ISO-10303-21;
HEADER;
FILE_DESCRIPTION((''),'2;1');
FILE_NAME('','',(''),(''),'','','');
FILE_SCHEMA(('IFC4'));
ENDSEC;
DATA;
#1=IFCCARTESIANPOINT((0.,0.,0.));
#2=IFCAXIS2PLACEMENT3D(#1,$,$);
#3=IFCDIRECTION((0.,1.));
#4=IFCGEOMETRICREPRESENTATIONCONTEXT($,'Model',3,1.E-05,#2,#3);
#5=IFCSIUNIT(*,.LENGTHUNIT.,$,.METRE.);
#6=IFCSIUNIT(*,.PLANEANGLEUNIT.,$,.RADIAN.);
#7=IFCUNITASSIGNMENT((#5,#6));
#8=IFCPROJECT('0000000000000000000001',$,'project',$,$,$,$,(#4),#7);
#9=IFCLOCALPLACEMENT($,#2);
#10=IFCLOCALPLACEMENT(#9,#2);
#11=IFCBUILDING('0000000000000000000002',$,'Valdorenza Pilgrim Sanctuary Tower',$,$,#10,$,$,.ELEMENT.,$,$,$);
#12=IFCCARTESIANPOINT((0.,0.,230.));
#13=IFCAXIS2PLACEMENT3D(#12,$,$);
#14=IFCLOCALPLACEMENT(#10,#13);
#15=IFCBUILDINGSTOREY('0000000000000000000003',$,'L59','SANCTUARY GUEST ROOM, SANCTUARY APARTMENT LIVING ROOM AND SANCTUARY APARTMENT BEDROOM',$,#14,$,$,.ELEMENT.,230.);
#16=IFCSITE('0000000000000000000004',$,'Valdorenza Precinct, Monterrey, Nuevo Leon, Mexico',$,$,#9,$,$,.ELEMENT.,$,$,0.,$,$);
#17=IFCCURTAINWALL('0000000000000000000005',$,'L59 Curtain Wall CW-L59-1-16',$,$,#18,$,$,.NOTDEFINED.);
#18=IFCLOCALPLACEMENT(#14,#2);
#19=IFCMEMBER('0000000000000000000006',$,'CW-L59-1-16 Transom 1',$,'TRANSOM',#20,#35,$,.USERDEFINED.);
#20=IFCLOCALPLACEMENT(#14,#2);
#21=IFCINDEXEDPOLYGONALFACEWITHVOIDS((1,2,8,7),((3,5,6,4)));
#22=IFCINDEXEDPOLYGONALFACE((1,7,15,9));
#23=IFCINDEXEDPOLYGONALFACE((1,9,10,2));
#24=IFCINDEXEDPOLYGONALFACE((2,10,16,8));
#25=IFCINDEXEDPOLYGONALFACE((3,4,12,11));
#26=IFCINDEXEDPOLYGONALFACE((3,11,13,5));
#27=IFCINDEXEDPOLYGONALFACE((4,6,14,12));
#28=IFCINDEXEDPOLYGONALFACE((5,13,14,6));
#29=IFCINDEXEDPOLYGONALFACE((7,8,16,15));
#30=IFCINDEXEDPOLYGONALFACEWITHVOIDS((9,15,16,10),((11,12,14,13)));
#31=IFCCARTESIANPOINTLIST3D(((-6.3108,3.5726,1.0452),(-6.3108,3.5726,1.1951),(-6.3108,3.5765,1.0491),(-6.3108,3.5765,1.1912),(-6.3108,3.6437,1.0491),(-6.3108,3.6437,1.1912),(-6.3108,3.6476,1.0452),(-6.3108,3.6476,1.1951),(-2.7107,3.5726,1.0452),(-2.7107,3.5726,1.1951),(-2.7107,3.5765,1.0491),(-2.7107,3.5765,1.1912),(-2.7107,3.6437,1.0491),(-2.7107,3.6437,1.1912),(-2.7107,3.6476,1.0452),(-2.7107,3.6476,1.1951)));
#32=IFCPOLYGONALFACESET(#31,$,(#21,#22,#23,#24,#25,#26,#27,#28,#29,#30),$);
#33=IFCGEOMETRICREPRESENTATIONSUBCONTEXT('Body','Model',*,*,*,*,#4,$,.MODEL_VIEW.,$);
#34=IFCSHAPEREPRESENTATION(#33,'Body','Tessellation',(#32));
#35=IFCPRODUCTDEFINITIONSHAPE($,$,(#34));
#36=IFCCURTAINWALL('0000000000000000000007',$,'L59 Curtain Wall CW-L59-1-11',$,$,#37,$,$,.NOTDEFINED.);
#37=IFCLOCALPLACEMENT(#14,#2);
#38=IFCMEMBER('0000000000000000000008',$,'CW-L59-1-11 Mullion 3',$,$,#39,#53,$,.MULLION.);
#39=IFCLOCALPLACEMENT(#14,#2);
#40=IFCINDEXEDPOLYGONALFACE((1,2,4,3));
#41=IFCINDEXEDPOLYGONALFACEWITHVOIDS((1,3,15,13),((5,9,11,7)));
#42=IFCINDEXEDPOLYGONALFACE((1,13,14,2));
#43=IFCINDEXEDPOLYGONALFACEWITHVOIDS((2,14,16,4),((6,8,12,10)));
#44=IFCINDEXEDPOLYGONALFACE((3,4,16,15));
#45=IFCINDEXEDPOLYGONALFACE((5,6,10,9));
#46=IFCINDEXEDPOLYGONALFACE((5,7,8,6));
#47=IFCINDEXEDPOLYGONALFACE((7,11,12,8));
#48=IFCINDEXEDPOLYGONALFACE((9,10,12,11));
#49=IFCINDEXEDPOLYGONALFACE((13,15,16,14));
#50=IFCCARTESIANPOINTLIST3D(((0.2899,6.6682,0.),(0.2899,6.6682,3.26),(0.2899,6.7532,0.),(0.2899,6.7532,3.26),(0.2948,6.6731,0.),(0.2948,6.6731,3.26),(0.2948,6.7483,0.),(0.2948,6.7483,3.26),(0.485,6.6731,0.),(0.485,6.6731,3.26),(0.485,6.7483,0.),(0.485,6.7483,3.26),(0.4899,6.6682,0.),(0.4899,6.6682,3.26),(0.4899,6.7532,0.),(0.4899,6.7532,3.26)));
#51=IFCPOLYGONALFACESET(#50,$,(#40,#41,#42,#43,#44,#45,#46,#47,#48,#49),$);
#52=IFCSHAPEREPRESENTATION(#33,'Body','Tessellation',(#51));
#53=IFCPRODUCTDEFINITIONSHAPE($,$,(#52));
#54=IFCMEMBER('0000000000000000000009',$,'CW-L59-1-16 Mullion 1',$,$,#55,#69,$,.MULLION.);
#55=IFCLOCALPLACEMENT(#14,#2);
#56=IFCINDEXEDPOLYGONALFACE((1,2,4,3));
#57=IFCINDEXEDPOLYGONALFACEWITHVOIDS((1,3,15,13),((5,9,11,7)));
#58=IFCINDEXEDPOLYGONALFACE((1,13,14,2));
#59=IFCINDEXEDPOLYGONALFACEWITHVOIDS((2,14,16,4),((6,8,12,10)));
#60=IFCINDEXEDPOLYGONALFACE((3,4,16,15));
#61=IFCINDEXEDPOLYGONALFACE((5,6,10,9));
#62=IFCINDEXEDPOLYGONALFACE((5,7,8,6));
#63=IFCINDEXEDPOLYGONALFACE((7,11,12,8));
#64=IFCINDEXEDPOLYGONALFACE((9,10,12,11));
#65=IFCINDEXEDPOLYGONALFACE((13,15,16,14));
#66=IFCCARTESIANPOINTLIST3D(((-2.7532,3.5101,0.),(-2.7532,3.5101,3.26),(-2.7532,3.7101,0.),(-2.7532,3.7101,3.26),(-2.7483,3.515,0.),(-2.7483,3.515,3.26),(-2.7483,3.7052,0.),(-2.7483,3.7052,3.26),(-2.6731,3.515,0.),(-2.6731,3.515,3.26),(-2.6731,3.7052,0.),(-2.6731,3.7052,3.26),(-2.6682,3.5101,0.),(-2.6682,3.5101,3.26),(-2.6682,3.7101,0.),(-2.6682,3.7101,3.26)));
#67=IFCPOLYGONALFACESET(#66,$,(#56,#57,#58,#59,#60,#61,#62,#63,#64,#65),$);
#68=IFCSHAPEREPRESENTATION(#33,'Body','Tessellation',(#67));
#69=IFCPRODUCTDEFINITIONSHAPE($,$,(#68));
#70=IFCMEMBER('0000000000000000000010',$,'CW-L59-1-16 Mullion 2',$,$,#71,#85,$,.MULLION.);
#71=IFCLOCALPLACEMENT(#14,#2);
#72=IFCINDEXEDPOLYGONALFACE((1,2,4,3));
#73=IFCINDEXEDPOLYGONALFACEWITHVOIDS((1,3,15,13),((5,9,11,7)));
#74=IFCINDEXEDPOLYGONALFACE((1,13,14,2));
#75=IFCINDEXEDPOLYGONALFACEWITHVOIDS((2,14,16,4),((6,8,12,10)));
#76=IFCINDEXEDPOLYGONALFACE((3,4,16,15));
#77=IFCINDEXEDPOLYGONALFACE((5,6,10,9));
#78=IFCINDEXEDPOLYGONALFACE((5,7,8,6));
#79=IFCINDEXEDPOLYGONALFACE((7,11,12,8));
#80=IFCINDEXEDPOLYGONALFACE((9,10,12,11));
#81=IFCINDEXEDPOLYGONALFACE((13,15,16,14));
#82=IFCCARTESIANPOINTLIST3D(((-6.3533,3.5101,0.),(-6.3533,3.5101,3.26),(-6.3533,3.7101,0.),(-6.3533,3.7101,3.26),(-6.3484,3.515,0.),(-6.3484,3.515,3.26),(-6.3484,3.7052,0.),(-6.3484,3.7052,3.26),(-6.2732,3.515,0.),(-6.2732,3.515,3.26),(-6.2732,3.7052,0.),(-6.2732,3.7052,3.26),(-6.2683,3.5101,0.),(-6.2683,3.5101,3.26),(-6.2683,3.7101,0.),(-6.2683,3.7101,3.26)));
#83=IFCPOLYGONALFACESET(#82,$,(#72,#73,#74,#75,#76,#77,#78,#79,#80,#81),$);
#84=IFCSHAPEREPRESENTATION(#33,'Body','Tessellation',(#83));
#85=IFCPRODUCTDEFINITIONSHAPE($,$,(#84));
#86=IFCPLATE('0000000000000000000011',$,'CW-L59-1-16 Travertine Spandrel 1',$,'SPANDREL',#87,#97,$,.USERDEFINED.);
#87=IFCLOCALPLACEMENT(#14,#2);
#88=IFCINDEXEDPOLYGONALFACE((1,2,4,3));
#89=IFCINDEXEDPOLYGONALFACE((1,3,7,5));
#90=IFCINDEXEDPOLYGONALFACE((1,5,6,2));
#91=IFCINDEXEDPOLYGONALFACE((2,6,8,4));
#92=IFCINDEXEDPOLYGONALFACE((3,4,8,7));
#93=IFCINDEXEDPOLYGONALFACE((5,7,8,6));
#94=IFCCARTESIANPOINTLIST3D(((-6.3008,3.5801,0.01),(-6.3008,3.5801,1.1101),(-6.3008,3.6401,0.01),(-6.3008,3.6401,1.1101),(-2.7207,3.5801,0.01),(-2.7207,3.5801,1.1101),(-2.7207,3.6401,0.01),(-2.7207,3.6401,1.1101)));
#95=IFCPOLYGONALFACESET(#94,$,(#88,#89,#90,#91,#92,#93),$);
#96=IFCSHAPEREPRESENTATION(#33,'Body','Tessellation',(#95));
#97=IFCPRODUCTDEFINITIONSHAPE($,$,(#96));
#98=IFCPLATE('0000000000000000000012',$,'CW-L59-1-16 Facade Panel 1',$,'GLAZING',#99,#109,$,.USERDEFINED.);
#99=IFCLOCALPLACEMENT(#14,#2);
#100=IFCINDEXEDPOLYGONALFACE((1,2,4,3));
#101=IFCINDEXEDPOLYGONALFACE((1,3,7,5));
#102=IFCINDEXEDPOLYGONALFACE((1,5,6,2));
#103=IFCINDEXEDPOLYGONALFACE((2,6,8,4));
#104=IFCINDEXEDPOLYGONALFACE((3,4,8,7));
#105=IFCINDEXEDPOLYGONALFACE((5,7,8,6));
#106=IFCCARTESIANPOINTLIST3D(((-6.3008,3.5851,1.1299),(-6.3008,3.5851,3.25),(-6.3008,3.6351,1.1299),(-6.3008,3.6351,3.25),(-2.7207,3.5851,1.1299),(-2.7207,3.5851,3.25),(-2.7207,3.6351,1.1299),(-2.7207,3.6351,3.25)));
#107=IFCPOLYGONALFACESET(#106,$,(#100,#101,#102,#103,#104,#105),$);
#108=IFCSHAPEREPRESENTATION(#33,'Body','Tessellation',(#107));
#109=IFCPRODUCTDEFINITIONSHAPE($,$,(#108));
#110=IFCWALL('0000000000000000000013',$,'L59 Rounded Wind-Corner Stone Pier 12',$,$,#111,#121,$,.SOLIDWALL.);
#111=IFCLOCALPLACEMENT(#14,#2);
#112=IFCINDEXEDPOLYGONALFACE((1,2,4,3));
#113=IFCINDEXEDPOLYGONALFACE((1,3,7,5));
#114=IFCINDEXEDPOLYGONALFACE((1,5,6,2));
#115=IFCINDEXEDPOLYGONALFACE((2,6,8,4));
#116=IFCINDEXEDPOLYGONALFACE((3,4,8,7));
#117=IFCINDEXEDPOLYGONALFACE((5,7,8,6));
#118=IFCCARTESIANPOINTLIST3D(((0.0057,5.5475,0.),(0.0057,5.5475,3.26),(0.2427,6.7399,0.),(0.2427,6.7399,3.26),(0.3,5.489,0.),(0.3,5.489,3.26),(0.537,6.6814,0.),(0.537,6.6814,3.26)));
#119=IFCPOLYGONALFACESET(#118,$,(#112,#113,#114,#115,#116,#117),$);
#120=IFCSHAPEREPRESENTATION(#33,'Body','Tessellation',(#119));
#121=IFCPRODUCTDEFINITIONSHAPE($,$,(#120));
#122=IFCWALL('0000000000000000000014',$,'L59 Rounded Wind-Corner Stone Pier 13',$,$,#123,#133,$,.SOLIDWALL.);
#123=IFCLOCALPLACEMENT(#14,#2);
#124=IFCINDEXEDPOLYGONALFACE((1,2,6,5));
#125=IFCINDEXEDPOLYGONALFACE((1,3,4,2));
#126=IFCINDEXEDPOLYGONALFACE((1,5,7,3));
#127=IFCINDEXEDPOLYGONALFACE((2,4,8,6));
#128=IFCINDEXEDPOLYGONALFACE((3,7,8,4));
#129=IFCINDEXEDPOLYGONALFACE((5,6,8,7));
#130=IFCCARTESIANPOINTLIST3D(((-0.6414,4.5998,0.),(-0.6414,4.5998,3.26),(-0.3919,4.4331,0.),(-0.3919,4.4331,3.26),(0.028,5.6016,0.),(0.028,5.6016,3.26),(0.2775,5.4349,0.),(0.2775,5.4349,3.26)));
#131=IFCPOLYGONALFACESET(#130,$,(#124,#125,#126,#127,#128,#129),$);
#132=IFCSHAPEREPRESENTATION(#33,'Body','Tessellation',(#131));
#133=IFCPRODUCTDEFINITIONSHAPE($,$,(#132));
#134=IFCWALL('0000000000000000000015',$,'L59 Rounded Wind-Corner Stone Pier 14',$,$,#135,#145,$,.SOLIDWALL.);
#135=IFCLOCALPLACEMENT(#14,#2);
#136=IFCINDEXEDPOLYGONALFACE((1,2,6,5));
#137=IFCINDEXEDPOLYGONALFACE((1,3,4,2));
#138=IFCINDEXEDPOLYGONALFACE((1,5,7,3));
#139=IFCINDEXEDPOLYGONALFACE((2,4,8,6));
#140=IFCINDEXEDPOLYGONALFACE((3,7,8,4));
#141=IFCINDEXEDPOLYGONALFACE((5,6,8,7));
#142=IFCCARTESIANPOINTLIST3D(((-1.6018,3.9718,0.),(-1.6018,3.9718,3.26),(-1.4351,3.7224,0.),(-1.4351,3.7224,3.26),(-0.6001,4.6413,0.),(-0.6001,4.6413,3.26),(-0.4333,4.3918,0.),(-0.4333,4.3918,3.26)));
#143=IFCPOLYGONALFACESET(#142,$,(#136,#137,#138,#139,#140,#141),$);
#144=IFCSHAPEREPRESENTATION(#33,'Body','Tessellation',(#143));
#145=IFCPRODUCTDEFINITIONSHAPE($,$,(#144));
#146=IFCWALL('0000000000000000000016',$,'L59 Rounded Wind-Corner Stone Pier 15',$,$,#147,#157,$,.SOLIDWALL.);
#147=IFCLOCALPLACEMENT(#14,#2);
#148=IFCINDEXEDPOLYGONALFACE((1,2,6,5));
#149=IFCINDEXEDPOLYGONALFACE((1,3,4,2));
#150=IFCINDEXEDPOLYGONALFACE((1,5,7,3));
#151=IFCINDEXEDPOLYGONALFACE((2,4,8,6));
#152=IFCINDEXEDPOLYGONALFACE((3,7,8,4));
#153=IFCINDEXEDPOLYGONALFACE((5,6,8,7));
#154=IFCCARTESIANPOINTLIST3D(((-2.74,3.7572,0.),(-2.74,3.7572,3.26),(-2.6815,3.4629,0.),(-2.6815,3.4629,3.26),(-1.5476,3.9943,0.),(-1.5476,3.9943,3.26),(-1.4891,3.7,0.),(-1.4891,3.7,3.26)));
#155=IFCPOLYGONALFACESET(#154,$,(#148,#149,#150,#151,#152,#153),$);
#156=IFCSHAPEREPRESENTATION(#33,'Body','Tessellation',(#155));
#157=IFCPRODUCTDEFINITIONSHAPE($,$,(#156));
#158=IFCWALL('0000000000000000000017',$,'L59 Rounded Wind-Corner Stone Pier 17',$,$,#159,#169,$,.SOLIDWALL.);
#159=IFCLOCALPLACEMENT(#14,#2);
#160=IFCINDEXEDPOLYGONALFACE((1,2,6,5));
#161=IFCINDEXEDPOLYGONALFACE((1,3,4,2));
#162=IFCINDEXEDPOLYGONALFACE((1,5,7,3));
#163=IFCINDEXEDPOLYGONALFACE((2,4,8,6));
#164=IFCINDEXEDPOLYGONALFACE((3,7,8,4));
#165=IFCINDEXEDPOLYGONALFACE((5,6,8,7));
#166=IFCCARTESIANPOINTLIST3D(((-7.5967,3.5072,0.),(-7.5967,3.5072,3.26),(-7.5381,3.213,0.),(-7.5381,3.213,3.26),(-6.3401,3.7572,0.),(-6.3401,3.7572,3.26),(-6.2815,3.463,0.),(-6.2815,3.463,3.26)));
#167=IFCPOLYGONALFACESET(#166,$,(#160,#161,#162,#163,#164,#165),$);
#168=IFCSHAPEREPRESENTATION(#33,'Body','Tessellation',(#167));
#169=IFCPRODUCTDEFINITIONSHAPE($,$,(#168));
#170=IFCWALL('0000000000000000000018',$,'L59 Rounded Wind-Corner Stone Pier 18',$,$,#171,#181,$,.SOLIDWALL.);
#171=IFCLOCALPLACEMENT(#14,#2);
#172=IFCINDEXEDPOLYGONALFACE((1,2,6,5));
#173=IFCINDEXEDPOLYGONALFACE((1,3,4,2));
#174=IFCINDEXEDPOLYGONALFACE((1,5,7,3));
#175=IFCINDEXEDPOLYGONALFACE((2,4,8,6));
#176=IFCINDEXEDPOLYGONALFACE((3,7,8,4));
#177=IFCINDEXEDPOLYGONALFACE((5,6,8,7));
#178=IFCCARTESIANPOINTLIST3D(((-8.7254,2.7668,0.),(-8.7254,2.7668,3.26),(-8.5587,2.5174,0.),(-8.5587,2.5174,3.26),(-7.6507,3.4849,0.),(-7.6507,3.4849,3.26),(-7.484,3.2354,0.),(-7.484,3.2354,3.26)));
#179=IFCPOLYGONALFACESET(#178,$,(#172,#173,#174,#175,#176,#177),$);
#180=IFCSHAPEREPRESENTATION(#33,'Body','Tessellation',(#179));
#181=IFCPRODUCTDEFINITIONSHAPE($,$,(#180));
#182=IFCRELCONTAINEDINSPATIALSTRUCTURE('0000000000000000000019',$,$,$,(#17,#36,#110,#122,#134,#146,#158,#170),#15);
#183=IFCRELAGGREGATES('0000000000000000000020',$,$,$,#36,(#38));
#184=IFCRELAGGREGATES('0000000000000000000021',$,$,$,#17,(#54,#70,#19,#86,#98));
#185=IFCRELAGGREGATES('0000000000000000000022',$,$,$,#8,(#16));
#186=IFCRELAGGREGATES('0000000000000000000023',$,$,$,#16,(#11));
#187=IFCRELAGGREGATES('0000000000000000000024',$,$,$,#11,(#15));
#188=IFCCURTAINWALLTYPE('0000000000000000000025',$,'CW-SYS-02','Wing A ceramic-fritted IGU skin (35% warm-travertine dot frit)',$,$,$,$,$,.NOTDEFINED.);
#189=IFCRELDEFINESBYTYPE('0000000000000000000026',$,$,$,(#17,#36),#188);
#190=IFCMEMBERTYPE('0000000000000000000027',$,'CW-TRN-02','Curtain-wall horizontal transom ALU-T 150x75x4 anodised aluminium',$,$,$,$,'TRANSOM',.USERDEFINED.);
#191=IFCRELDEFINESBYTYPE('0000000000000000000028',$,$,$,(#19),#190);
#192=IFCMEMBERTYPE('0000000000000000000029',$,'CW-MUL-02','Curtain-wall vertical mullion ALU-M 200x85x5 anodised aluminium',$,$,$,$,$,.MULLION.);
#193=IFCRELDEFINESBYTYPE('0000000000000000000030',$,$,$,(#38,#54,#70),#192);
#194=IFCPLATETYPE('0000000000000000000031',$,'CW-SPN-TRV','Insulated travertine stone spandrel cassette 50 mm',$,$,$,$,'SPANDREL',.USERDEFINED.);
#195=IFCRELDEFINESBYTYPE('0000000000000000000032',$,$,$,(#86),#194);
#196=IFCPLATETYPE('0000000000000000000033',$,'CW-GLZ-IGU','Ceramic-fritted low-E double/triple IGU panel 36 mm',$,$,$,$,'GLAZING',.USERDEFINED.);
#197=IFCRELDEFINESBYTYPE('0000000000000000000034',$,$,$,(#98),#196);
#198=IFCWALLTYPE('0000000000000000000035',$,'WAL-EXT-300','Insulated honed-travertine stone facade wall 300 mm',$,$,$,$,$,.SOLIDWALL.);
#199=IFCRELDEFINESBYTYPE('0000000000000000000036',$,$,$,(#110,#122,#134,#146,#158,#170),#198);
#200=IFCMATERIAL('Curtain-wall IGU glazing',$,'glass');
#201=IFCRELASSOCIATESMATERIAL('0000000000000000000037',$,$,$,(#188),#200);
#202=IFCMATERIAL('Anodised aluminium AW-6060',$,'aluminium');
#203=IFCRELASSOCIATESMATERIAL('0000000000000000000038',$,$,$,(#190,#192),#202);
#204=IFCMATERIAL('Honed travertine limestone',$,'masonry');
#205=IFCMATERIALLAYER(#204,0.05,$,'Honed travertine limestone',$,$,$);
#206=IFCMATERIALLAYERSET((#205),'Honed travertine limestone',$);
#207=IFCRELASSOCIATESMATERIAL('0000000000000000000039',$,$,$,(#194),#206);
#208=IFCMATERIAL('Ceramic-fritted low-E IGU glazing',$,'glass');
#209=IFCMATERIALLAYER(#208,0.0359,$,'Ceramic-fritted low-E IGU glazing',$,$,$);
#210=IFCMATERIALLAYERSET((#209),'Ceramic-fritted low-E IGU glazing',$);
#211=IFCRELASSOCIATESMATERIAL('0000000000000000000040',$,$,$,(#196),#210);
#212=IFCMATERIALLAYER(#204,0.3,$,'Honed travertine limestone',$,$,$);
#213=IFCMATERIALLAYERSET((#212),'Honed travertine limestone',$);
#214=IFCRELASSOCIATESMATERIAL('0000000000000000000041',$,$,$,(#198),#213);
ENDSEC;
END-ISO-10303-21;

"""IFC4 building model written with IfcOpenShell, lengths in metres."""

from ifc_helpers import new_model, si_unit, direction, frame, frame_2d, origin, origin_2d, place, context, subcontext, project, spatial, rectangle, hollow_rectangle, extrude, source, transform, mapped, material, layer, layer_set, material_profile, profile_set, type_object, element, aggregate, save


model = new_model("IFC4")

# Units and contexts
model_context = context("Model", 3, precision=1e-05, world=origin(), true_north=direction((0.0, 1.0)))
body_context = subcontext(model_context, "Body", "Model", "MODEL_VIEW")
ifc_project = project(units=[si_unit("LENGTHUNIT", "METRE"), si_unit("PLANEANGLEUNIT", "RADIAN")], contexts=[model_context])

# Site, building, storey
site_placement = place(None, origin())
site = spatial("IfcSite", under=ifc_project, at=site_placement, Name="Valdorenza Precinct, Monterrey, Nuevo Leon, Mexico", CompositionType="ELEMENT", RefElevation=0.0)
building_placement = place(site_placement, origin())
building = spatial("IfcBuilding", under=site, at=building_placement, Name="Valdorenza Pilgrim Sanctuary Tower", CompositionType="ELEMENT")
storey_placement = place(building_placement, frame((0.0, 0.0, 230.0)))
storey = spatial("IfcBuildingStorey", under=building, at=storey_placement, Name="L59", Description="SANCTUARY GUEST ROOM, SANCTUARY APARTMENT LIVING ROOM AND SANCTUARY APARTMENT BEDROOM", CompositionType="ELEMENT", Elevation=230.0)

# Curtain walls, members
ifc_material_1 = material(Name="Curtain-wall IGU glazing", Category="glass")
curtain_wall_type = type_object("IfcCurtainWallType", Name="CW-SYS-02", Description="Wing A ceramic-fritted IGU skin (35% warm-travertine dot frit)", PredefinedType="NOTDEFINED", material=ifc_material_1)
curtain_wall_1_placement = place(storey_placement, origin())
curtain_wall_1 = element("IfcCurtainWall", 1, at=curtain_wall_1_placement, inside=storey, type_object=curtain_wall_type, Name="L59 Curtain Wall CW-L59-1-16", PredefinedType="NOTDEFINED")
ifc_material_2 = material(Name="Anodised aluminium AW-6060", Category="aluminium")
ifc_material_profile_1 = material_profile(ifc_material_2, hollow_rectangle(XDim=0.075, YDim=0.1499, WallThickness=0.0039, at=origin_2d()), Name="ALU-T 150x75x4")
ifc_profile_set_1 = profile_set([ifc_material_profile_1], Name="Anodised aluminium AW-6060")
member_type_1 = type_object("IfcMemberType", Name="CW-TRN-02", Description="Curtain-wall horizontal transom ALU-T 150x75x4 anodised aluminium", ElementType="TRANSOM", PredefinedType="USERDEFINED", material=ifc_profile_set_1)
shared_shape_1 = source(origin(), body_context, "Body", "SweptSolid", [
    extrude(hollow_rectangle(XDim=0.075, YDim=0.1499, WallThickness=0.0039, at=origin_2d()), origin(), (0.0, 0.0, 1.0), 3.6001),
])
member_1_placement = place(storey_placement, frame((-2.7107, 3.6101, 1.1201), z_axis=(-1.0, 0.0, 0.0), x_axis=(0.0, -1.0, 0.0)))
member_1 = element("IfcMember", 2, at=member_1_placement, type_object=member_type_1, Name="CW-L59-1-16 Transom 1", ObjectType="TRANSOM", PredefinedType="USERDEFINED", context=body_context, shape_type="MappedRepresentation", body=[
    mapped(shared_shape_1, transform((0.0, 0.0, 0.0), x_axis=(1.0, 0.0, 0.0), y_axis=(0.0, 1.0, 0.0), z_axis=(0.0, 0.0, 1.0), scale=1.0)),
])
curtain_wall_2_placement = place(storey_placement, origin())
curtain_wall_2 = element("IfcCurtainWall", 3, at=curtain_wall_2_placement, inside=storey, type_object=curtain_wall_type, Name="L59 Curtain Wall CW-L59-1-11", PredefinedType="NOTDEFINED")
ifc_material_profile_2 = material_profile(ifc_material_2, hollow_rectangle(XDim=0.085, YDim=0.2, WallThickness=0.0049, at=origin_2d()), Name="ALU-M 200x85x5")
ifc_profile_set_2 = profile_set([ifc_material_profile_2], Name="Anodised aluminium AW-6060")
member_type_2 = type_object("IfcMemberType", Name="CW-MUL-02", Description="Curtain-wall vertical mullion ALU-M 200x85x5 anodised aluminium", PredefinedType="MULLION", material=ifc_profile_set_2)
shared_shape_2 = source(origin(), body_context, "Body", "SweptSolid", [
    extrude(hollow_rectangle(XDim=0.085, YDim=0.2, WallThickness=0.0049, at=origin_2d()), origin(), (0.0, 0.0, 1.0), 3.26),
])
member_2_placement = place(storey_placement, frame((0.3899, 6.7107, 0.0), z_axis=(0.0, 0.0, 1.0), x_axis=(0.0, -1.0, 0.0)))
member_2 = element("IfcMember", 4, at=member_2_placement, type_object=member_type_2, Name="CW-L59-1-11 Mullion 3", PredefinedType="MULLION", context=body_context, shape_type="MappedRepresentation", body=[
    mapped(shared_shape_2, transform((0.0, 0.0, 0.0), x_axis=(1.0, 0.0, 0.0), y_axis=(0.0, 1.0, 0.0), z_axis=(0.0, 0.0, 1.0), scale=1.0)),
])
aggregate(curtain_wall_2, [member_2])

# Members
member_3_placement = place(storey_placement, frame((-2.7107, 3.6101, 0.0), z_axis=(0.0, 0.0, 1.0), x_axis=(-1.0, 0.0, 0.0)))
member_3 = element("IfcMember", 5, at=member_3_placement, type_object=member_type_2, Name="CW-L59-1-16 Mullion 1", PredefinedType="MULLION", context=body_context, shape_type="MappedRepresentation", body=[
    mapped(shared_shape_2, transform((0.0, 0.0, 0.0), x_axis=(1.0, 0.0, 0.0), y_axis=(0.0, 1.0, 0.0), z_axis=(0.0, 0.0, 1.0), scale=1.0)),
])
member_4_placement = place(storey_placement, frame((-6.3108, 3.6101, 0.0), z_axis=(0.0, 0.0, 1.0), x_axis=(-1.0, 0.0, 0.0)))
member_4 = element("IfcMember", 6, at=member_4_placement, type_object=member_type_2, Name="CW-L59-1-16 Mullion 2", PredefinedType="MULLION", context=body_context, shape_type="MappedRepresentation", body=[
    mapped(shared_shape_2, transform((0.0, 0.0, 0.0), x_axis=(1.0, 0.0, 0.0), y_axis=(0.0, 1.0, 0.0), z_axis=(0.0, 0.0, 1.0), scale=1.0)),
])

# Plates
ifc_material_3 = material(Name="Honed travertine limestone", Category="masonry")
ifc_layer_1 = layer(ifc_material_3, 0.05, Name="Honed travertine limestone")
ifc_layer_set_1 = layer_set([ifc_layer_1], Name="Honed travertine limestone")
plate_type_1 = type_object("IfcPlateType", Name="CW-SPN-TRV", Description="Insulated travertine stone spandrel cassette 50 mm", ElementType="SPANDREL", PredefinedType="USERDEFINED", material=ifc_layer_set_1)
shared_shape_3 = source(origin(), body_context, "Body", "SweptSolid", [
    extrude(rectangle(XDim=3.5801, YDim=0.0601, at=origin_2d()), origin(), (0.0, 0.0, 1.0), 1.1001),
])
plate_1_placement = place(storey_placement, frame((-4.5107, 3.6101, 0.01), z_axis=(0.0, 0.0, 1.0), x_axis=(-1.0, 0.0, 0.0)))
plate_1 = element("IfcPlate", 7, at=plate_1_placement, type_object=plate_type_1, Name="CW-L59-1-16 Travertine Spandrel 1", ObjectType="SPANDREL", PredefinedType="USERDEFINED", context=body_context, shape_type="MappedRepresentation", body=[
    mapped(shared_shape_3, transform((0.0, 0.0, 0.0), x_axis=(1.0, 0.0, 0.0), y_axis=(0.0, 1.0, 0.0), z_axis=(0.0, 0.0, 1.0), scale=1.0)),
])
ifc_material_4 = material(Name="Ceramic-fritted low-E IGU glazing", Category="glass")
ifc_layer_2 = layer(ifc_material_4, 0.0359, Name="Ceramic-fritted low-E IGU glazing")
ifc_layer_set_2 = layer_set([ifc_layer_2], Name="Ceramic-fritted low-E IGU glazing")
plate_type_2 = type_object("IfcPlateType", Name="CW-GLZ-IGU", Description="Ceramic-fritted low-E double/triple IGU panel 36 mm", ElementType="GLAZING", PredefinedType="USERDEFINED", material=ifc_layer_set_2)
shared_shape_4 = source(origin(), body_context, "Body", "SweptSolid", [
    extrude(rectangle(XDim=3.5801, YDim=0.05, at=origin_2d()), origin(), (0.0, 0.0, 1.0), 2.1201),
])
plate_2_placement = place(storey_placement, frame((-4.5107, 3.6101, 1.1299), z_axis=(0.0, 0.0, 1.0), x_axis=(-1.0, 0.0, 0.0)))
plate_2 = element("IfcPlate", 8, at=plate_2_placement, type_object=plate_type_2, Name="CW-L59-1-16 Facade Panel 1", ObjectType="GLAZING", PredefinedType="USERDEFINED", context=body_context, shape_type="MappedRepresentation", body=[
    mapped(shared_shape_4, transform((0.0, 0.0, 0.0), x_axis=(1.0, 0.0, 0.0), y_axis=(0.0, 1.0, 0.0), z_axis=(0.0, 0.0, 1.0), scale=1.0)),
])
aggregate(curtain_wall_1, [member_3, member_4, member_1, plate_1, plate_2])

# Walls
ifc_layer_3 = layer(ifc_material_3, 0.3, Name="Honed travertine limestone")
ifc_layer_set_3 = layer_set([ifc_layer_3], Name="Honed travertine limestone")
wall_type_1 = type_object("IfcWallType", Name="WAL-EXT-300", Description="Insulated honed-travertine stone facade wall 300 mm", PredefinedType="SOLIDWALL", material=ifc_layer_set_3)
wall_1_placement = place(storey_placement, frame((0.3899, 6.7107, 0.0), z_axis=(0.0, 0.0, 1.0), x_axis=(-0.194996, -0.980804, 0.0)))
element("IfcWall", 9, at=wall_1_placement, inside=storey, type_object=wall_type_1, Name="L59 Rounded Wind-Corner Stone Pier 12", PredefinedType="SOLIDWALL", context=body_context, shape_type="SweptSolid", body=[
    extrude(rectangle(XDim=1.2158, YDim=0.3, at=frame_2d((0.6079, 0.0))), origin(), (0.0, 0.0, 1.0), 3.26),
])
for number, where, z_axis, x_axis, name in (
    (10, (0.1528, 5.5183, 0.0), (0.0, 0.0, 1.0), (-0.555635, -0.831426, 0.0), "L59 Rounded Wind-Corner Stone Pier 13"),
    (11, (-0.5166, 4.5166, 0.0), (0.0, 0.0, 1.0), (-0.831426, -0.555635, 0.0), "L59 Rounded Wind-Corner Stone Pier 14"),
):
    element("IfcWall", number, at=place(storey_placement, frame(where, z_axis=z_axis, x_axis=x_axis)), inside=storey, type_object=wall_type_1, Name=name, PredefinedType="SOLIDWALL", context=body_context, shape_type="SweptSolid", body=[
        extrude(rectangle(XDim=1.2048, YDim=0.3, at=frame_2d((0.6025, 0.0))), origin(), (0.0, 0.0, 1.0), 3.26),
    ])
wall_2_placement = place(storey_placement, frame((-1.5183, 3.8472, 0.0), z_axis=(0.0, 0.0, 1.0), x_axis=(-0.980804, -0.194996, 0.0)))
element("IfcWall", 12, at=wall_2_placement, inside=storey, type_object=wall_type_1, Name="L59 Rounded Wind-Corner Stone Pier 15", PredefinedType="SOLIDWALL", context=body_context, shape_type="SweptSolid", body=[
    extrude(rectangle(XDim=1.2158, YDim=0.3, at=frame_2d((0.6079, 0.0))), origin(), (0.0, 0.0, 1.0), 3.26),
])
wall_3_placement = place(storey_placement, frame((-6.3108, 3.6101, 0.0), z_axis=(0.0, 0.0, 1.0), x_axis=(-0.980778, -0.195127, 0.0)))
element("IfcWall", 13, at=wall_3_placement, inside=storey, type_object=wall_type_1, Name="L59 Rounded Wind-Corner Stone Pier 17", PredefinedType="SOLIDWALL", context=body_context, shape_type="SweptSolid", body=[
    extrude(rectangle(XDim=1.2812, YDim=0.3, at=frame_2d((0.6406, 0.0))), origin(), (0.0, 0.0, 1.0), 3.26),
])
wall_4_placement = place(storey_placement, frame((-7.5674, 3.3601, 0.0), z_axis=(0.0, 0.0, 1.0), x_axis=(-0.831498, -0.555528, 0.0)))
element("IfcWall", 14, at=wall_4_placement, inside=storey, type_object=wall_type_1, Name="L59 Rounded Wind-Corner Stone Pier 18", PredefinedType="SOLIDWALL", context=body_context, shape_type="SweptSolid", body=[
    extrude(rectangle(XDim=1.2925, YDim=0.3, at=frame_2d((0.6462, 0.0))), origin(), (0.0, 0.0, 1.0), 3.26),
])

save(model, "model.ifc")
